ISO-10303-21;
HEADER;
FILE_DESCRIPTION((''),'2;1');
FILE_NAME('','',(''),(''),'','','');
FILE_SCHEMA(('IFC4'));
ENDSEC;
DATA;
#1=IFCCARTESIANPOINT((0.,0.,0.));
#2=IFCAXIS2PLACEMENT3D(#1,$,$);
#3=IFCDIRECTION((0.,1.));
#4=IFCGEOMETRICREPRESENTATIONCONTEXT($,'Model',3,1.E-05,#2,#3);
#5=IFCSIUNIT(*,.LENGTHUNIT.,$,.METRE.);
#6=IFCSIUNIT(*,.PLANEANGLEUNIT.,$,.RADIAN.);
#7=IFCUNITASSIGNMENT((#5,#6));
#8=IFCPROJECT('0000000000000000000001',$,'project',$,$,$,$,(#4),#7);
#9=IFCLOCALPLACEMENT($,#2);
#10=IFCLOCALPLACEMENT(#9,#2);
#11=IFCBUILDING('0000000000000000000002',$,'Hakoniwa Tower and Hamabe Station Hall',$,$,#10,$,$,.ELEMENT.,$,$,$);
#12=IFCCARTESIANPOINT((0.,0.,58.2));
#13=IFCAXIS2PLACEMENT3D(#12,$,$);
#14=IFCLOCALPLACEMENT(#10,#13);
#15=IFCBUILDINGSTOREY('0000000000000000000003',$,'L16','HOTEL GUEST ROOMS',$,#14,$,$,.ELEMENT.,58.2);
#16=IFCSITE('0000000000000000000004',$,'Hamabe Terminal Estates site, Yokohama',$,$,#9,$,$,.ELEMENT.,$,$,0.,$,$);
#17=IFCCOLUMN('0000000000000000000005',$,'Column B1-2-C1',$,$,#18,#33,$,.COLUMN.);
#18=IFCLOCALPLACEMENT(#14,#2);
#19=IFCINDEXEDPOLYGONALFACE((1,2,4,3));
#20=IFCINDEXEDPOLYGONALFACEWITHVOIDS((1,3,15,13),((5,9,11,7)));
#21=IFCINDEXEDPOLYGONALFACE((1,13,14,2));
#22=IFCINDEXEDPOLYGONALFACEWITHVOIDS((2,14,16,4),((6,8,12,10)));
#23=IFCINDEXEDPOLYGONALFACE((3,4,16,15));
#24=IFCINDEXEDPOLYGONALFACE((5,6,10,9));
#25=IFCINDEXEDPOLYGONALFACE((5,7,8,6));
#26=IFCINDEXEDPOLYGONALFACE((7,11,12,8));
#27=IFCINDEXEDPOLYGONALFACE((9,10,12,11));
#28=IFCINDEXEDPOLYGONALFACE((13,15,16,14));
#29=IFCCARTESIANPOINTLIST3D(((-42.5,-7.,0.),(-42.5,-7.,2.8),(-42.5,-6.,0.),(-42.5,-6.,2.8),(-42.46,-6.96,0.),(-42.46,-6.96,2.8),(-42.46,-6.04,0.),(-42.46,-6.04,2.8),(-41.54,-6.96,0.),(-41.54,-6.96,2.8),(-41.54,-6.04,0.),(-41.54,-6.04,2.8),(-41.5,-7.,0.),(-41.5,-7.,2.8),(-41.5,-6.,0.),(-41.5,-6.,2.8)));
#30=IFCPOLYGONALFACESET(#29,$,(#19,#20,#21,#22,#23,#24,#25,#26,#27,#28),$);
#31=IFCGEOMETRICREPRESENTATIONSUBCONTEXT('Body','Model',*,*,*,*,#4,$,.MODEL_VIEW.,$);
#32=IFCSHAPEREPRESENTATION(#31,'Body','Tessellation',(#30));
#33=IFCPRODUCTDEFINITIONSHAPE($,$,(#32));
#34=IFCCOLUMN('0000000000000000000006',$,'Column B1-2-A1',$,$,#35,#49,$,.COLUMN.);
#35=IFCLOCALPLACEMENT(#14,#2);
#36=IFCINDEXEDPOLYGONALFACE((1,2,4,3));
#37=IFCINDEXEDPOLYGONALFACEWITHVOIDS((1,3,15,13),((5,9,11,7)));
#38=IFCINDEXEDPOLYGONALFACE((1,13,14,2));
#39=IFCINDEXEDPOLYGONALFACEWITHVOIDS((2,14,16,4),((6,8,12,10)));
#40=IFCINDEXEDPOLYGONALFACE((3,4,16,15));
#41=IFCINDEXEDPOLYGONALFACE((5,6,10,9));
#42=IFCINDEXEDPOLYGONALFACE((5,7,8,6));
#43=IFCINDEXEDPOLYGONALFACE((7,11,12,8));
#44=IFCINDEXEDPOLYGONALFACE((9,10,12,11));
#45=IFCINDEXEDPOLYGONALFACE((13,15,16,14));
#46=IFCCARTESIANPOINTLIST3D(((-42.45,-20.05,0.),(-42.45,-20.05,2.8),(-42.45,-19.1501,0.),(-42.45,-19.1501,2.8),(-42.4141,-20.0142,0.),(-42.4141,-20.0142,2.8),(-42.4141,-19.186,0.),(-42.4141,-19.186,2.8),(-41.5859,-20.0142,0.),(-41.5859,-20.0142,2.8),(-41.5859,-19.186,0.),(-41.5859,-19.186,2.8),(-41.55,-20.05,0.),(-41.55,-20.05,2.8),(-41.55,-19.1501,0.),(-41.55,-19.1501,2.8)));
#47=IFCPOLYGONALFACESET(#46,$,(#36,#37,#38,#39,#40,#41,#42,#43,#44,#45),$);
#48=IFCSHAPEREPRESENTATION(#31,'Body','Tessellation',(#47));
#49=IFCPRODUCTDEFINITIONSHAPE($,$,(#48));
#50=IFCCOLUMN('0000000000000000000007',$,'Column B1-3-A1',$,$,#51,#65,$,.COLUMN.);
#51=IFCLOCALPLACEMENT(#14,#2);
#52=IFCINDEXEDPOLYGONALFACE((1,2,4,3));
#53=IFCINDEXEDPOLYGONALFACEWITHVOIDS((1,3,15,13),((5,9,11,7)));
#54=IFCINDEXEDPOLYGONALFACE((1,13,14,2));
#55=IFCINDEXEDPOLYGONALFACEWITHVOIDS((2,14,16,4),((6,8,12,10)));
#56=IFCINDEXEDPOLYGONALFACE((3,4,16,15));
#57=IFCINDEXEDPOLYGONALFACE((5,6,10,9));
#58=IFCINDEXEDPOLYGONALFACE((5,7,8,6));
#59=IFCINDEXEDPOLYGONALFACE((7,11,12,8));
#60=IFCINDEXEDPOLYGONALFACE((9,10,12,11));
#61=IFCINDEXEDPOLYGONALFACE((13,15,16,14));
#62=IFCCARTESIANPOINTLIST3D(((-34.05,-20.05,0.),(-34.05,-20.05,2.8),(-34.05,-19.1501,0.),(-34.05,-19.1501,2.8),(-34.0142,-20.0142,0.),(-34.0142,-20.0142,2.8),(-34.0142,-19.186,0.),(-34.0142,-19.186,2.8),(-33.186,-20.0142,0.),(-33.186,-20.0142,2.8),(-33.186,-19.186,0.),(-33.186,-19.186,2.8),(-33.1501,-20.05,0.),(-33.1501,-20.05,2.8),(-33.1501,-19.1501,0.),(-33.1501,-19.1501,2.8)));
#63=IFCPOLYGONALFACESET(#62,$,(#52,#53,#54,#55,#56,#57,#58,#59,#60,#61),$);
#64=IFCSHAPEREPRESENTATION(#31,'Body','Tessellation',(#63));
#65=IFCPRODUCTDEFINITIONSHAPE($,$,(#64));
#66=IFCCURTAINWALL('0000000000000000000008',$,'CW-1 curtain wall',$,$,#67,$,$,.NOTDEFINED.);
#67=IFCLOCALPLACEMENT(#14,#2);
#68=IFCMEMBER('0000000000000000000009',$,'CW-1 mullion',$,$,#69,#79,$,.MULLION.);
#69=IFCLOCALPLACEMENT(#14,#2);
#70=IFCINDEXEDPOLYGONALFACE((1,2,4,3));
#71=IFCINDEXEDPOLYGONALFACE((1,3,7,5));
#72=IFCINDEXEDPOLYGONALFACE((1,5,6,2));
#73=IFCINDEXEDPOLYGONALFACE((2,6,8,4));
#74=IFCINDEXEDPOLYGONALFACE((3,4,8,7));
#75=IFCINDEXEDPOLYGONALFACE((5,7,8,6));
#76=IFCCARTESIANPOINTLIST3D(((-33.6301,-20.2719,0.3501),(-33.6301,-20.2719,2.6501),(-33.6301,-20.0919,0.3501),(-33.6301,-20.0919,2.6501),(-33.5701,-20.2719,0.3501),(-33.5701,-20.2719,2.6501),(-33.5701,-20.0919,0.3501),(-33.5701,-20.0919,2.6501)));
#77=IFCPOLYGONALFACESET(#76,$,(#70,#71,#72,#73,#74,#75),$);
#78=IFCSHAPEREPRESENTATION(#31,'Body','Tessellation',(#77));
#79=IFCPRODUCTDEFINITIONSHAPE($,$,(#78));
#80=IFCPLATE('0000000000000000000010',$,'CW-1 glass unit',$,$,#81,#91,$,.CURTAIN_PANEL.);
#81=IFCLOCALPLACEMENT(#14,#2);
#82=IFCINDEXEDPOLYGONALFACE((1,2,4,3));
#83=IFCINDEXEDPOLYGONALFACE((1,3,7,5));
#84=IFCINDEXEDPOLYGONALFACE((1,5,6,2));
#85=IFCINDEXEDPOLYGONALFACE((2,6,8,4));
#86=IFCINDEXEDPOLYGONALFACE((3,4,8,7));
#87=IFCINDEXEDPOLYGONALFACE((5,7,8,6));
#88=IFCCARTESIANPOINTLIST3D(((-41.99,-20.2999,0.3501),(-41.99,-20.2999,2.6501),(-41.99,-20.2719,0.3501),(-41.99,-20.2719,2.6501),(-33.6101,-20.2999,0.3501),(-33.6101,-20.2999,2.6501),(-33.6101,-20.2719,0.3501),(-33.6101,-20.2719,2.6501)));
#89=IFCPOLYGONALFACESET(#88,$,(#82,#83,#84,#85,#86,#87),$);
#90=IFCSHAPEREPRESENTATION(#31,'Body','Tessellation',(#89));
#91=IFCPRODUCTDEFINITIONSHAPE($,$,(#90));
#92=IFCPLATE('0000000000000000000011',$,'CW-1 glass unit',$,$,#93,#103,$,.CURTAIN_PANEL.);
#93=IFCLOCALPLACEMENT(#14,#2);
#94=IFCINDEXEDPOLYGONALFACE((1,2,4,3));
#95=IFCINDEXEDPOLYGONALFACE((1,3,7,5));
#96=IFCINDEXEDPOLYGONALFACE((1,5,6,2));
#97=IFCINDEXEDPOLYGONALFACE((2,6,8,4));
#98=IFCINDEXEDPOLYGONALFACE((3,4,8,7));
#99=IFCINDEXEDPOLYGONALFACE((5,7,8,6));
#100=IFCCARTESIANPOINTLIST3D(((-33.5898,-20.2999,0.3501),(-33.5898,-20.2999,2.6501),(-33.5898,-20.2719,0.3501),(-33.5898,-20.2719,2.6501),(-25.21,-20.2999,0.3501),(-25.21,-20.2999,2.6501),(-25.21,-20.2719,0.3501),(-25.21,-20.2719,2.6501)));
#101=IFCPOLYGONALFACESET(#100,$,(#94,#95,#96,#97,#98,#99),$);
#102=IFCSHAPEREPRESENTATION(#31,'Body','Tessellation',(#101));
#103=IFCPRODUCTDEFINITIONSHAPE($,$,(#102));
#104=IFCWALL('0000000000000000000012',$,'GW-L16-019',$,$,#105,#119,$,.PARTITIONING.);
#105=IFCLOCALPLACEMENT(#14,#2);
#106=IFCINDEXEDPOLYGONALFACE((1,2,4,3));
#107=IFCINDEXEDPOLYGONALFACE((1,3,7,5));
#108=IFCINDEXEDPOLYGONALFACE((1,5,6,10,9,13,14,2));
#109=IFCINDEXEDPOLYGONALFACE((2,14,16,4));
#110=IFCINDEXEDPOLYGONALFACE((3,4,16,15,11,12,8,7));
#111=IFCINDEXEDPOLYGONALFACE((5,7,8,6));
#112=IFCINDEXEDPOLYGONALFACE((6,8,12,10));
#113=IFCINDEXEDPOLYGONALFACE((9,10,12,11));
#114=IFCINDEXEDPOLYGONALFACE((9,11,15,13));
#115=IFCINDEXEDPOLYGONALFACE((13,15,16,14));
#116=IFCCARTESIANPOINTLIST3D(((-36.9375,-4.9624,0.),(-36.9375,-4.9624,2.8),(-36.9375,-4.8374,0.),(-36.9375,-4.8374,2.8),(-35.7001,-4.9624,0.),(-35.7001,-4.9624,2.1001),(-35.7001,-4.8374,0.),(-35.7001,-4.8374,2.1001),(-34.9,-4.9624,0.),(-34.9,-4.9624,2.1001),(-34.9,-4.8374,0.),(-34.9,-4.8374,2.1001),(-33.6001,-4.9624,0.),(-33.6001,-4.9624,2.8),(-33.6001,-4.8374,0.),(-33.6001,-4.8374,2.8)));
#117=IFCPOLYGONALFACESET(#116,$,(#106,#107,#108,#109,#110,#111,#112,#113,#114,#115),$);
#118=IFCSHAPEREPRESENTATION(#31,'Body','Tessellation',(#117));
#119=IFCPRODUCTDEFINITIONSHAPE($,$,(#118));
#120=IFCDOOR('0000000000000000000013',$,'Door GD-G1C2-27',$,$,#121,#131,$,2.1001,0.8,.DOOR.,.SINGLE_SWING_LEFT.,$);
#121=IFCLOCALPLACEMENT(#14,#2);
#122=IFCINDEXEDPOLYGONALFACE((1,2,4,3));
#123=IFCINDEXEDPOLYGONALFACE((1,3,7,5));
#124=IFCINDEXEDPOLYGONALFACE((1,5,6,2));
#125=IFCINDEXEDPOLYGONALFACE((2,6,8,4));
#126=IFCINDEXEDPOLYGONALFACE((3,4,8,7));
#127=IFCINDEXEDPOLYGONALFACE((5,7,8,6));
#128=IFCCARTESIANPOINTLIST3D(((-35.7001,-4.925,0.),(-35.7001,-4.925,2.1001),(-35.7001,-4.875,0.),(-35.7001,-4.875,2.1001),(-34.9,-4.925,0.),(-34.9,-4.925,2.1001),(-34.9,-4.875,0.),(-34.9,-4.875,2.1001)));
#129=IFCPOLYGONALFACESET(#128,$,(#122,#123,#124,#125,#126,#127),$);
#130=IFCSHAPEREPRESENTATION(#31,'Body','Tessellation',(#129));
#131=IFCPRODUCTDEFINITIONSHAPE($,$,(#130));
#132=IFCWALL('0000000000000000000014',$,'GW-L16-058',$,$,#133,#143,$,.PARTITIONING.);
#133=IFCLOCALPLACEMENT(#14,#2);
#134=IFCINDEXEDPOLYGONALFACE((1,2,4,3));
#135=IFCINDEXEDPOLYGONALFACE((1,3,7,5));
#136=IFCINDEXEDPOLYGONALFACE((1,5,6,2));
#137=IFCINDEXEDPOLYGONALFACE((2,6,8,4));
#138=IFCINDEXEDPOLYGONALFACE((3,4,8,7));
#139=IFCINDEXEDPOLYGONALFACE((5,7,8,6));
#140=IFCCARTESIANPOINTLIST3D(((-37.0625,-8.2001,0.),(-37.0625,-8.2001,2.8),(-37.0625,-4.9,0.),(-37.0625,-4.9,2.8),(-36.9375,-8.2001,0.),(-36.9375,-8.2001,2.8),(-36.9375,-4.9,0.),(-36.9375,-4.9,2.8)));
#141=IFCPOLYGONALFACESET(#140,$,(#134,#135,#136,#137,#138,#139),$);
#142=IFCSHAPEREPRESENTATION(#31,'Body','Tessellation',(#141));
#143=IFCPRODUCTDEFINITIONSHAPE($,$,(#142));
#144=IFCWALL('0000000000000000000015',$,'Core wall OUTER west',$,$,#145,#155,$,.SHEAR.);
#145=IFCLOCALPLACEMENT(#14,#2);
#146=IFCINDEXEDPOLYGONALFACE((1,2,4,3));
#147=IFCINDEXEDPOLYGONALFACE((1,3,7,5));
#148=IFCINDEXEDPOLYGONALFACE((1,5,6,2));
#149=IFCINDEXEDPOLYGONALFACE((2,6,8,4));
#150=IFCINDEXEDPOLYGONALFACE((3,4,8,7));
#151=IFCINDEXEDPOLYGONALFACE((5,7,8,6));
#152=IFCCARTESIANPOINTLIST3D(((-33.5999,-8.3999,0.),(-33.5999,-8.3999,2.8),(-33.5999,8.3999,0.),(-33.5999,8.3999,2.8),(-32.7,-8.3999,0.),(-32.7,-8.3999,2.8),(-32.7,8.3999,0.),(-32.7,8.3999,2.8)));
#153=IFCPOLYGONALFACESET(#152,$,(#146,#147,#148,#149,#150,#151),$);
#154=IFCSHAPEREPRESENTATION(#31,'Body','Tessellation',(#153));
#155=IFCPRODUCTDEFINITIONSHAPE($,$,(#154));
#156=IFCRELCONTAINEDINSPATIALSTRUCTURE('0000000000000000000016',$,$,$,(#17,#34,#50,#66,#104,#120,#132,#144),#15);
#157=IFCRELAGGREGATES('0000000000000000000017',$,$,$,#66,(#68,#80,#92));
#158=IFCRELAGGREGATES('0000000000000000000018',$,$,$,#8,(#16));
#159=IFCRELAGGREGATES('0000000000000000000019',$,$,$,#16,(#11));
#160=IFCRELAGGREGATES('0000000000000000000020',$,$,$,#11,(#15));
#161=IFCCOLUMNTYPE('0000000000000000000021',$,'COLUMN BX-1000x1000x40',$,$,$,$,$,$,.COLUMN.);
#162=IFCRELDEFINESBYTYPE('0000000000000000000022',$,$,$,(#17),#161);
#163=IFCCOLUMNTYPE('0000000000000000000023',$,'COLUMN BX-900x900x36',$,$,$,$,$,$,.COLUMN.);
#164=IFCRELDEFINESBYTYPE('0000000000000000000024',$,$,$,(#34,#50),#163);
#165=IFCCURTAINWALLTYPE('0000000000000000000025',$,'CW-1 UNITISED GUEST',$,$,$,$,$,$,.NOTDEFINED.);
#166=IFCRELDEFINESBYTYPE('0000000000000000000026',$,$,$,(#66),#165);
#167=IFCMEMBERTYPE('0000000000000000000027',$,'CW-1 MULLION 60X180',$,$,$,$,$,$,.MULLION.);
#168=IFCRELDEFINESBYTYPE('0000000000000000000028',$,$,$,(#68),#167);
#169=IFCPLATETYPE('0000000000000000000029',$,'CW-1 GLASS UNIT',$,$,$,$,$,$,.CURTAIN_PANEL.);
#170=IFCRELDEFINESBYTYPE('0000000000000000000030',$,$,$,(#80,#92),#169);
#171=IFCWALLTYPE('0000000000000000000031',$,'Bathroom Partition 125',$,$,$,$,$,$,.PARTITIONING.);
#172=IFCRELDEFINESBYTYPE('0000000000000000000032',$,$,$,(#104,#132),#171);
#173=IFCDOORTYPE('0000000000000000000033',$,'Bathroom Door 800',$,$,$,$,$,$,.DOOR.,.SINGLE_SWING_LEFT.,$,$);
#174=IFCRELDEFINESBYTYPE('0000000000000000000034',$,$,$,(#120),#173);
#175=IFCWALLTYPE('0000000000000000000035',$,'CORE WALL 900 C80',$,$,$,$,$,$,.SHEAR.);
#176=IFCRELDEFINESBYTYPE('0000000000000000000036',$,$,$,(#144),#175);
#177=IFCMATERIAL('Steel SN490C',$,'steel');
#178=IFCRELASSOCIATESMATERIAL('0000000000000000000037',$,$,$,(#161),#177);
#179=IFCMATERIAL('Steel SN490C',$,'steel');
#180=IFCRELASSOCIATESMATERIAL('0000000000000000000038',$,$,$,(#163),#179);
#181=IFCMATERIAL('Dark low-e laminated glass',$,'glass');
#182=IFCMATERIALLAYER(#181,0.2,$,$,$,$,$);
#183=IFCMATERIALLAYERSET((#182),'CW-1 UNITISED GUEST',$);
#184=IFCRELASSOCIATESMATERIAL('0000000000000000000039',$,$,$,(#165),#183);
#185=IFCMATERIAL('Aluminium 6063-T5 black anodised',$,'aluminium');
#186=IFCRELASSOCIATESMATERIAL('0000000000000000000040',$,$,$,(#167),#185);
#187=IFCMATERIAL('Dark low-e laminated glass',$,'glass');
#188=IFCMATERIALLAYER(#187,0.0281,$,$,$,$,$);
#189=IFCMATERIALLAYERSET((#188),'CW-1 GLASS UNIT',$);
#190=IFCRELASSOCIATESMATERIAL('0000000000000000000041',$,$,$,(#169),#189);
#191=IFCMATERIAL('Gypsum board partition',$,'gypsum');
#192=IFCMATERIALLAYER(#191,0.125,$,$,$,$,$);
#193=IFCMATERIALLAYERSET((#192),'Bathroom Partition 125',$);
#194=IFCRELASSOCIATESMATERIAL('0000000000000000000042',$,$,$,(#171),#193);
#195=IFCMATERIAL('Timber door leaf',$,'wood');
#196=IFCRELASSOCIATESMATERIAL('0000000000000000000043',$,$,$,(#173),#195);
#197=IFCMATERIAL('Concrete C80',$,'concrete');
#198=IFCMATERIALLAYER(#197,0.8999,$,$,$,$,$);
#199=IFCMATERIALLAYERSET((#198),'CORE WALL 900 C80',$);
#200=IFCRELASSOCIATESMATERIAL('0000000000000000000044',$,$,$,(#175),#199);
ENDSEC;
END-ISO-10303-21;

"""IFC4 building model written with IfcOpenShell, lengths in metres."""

from ifc_helpers import new_model, si_unit, direction, frame, frame_2d, origin, origin_2d, place, context, subcontext, project, spatial, rectangle, hollow_rectangle, extrude, material, layer, layer_set, material_profile, profile_set, type_object, element, fill, aggregate, save


model = new_model("IFC4")

# Units and contexts
model_context = context("Model", 3, precision=1e-05, world=origin(), true_north=direction((0.0, 1.0)))
body_context = subcontext(model_context, "Body", "Model", "MODEL_VIEW")
ifc_project = project(units=[si_unit("LENGTHUNIT", "METRE"), si_unit("PLANEANGLEUNIT", "RADIAN")], contexts=[model_context])

# Site, building, storey
site_placement = place(None, origin())
site = spatial("IfcSite", under=ifc_project, at=site_placement, Name="Hamabe Terminal Estates site, Yokohama", CompositionType="ELEMENT", RefElevation=0.0)
building_placement = place(site_placement, origin())
building = spatial("IfcBuilding", under=site, at=building_placement, Name="Hakoniwa Tower and Hamabe Station Hall", CompositionType="ELEMENT")
storey_placement = place(building_placement, frame((0.0, 0.0, 58.2)))
storey = spatial("IfcBuildingStorey", under=building, at=storey_placement, Name="L16", Description="HOTEL GUEST ROOMS", CompositionType="ELEMENT", Elevation=58.2)

# Columns
ifc_material_1 = material(Name="Steel SN490C", Category="steel")
ifc_material_profile_1 = material_profile(ifc_material_1, hollow_rectangle(XDim=1.0, YDim=1.0, WallThickness=0.04, at=origin_2d()), Name="BX-1000x1000x40")
ifc_profile_set_1 = profile_set([ifc_material_profile_1], Name="Steel SN490C")
column_type_1 = type_object("IfcColumnType", Name="COLUMN BX-1000x1000x40", PredefinedType="COLUMN", material=ifc_profile_set_1)
column_placement = place(storey_placement, frame((-42.0, -6.5, 0.0), z_axis=(0.0, 0.0, 1.0), x_axis=(1.0, 0.0, 0.0)))
element("IfcColumn", 1, at=column_placement, inside=storey, type_object=column_type_1, Name="Column B1-2-C1", PredefinedType="COLUMN", context=body_context, shape_type="SweptSolid", body=[
    extrude(hollow_rectangle(XDim=1.0, YDim=1.0, WallThickness=0.04, at=origin_2d()), origin(), (0.0, 0.0, 1.0), 2.8),
])
ifc_material_2 = material(Name="Steel SN490C", Category="steel")
ifc_material_profile_2 = material_profile(ifc_material_2, hollow_rectangle(XDim=0.8999, YDim=0.8999, WallThickness=0.0359, at=origin_2d()), Name="BX-900x900x36")
ifc_profile_set_2 = profile_set([ifc_material_profile_2], Name="Steel SN490C")
column_type_2 = type_object("IfcColumnType", Name="COLUMN BX-900x900x36", PredefinedType="COLUMN", material=ifc_profile_set_2)
for number, where, z_axis, x_axis, name in (
    (2, (-42.0, -19.6001, 0.0), (0.0, 0.0, 1.0), (1.0, 0.0, 0.0), "Column B1-2-A1"),
    (3, (-33.6001, -19.6001, 0.0), (0.0, 0.0, 1.0), (1.0, 0.0, 0.0), "Column B1-3-A1"),
):
    element("IfcColumn", number, at=place(storey_placement, frame(where, z_axis=z_axis, x_axis=x_axis)), inside=storey, type_object=column_type_2, Name=name, PredefinedType="COLUMN", context=body_context, shape_type="SweptSolid", body=[
        extrude(hollow_rectangle(XDim=0.8999, YDim=0.8999, WallThickness=0.0359, at=origin_2d()), origin(), (0.0, 0.0, 1.0), 2.8),
    ])

# Curtain wall, member, plates
ifc_material_3 = material(Name="Dark low-e laminated glass", Category="glass")
ifc_layer_1 = layer(ifc_material_3, 0.2)
ifc_layer_set_1 = layer_set([ifc_layer_1], Name="CW-1 UNITISED GUEST")
curtain_wall_type = type_object("IfcCurtainWallType", Name="CW-1 UNITISED GUEST", PredefinedType="NOTDEFINED", material=ifc_layer_set_1)
curtain_wall_placement = place(storey_placement, origin())
curtain_wall = element("IfcCurtainWall", 4, at=curtain_wall_placement, inside=storey, type_object=curtain_wall_type, Name="CW-1 curtain wall", PredefinedType="NOTDEFINED")
ifc_material_4 = material(Name="Aluminium 6063-T5 black anodised", Category="aluminium")
ifc_material_profile_3 = material_profile(ifc_material_4, rectangle(XDim=0.0601, YDim=0.1799, at=origin_2d()), Name="CW-1 MULLION 60X180")
ifc_profile_set_3 = profile_set([ifc_material_profile_3], Name="Aluminium 6063-T5 black anodised")
member_type = type_object("IfcMemberType", Name="CW-1 MULLION 60X180", PredefinedType="MULLION", material=ifc_profile_set_3)
member_placement = place(storey_placement, frame((-33.6001, -20.1819, 0.3501), z_axis=(0.0, 0.0, 1.0), x_axis=(1.0, 0.0, 0.0)))
member = element("IfcMember", 5, at=member_placement, type_object=member_type, Name="CW-1 mullion", PredefinedType="MULLION", context=body_context, shape_type="SweptSolid", body=[
    extrude(rectangle(XDim=0.0601, YDim=0.1799, at=origin_2d()), origin(), (0.0, 0.0, 1.0), 2.3),
])
ifc_material_5 = material(Name="Dark low-e laminated glass", Category="glass")
ifc_layer_2 = layer(ifc_material_5, 0.0281)
ifc_layer_set_2 = layer_set([ifc_layer_2], Name="CW-1 GLASS UNIT")
plate_type = type_object("IfcPlateType", Name="CW-1 GLASS UNIT", PredefinedType="CURTAIN_PANEL", material=ifc_layer_set_2)
plate_1_placement = place(storey_placement, frame((-37.8, -20.2859, 0.3501), z_axis=(0.0, 0.0, 1.0), x_axis=(1.0, 0.0, 0.0)))
plate_1 = element("IfcPlate", 6, at=plate_1_placement, type_object=plate_type, Name="CW-1 glass unit", PredefinedType="CURTAIN_PANEL", context=body_context, shape_type="SweptSolid", body=[
    extrude(rectangle(XDim=8.3799, YDim=0.0281, at=origin_2d()), origin(), (0.0, 0.0, 1.0), 2.3),
])
plate_2_placement = place(storey_placement, frame((-29.3999, -20.2859, 0.3501), z_axis=(0.0, 0.0, 1.0), x_axis=(1.0, 0.0, 0.0)))
plate_2 = element("IfcPlate", 7, at=plate_2_placement, type_object=plate_type, Name="CW-1 glass unit", PredefinedType="CURTAIN_PANEL", context=body_context, shape_type="SweptSolid", body=[
    extrude(rectangle(XDim=8.3799, YDim=0.0281, at=origin_2d()), origin(), (0.0, 0.0, 1.0), 2.3),
])
aggregate(curtain_wall, [member, plate_1, plate_2])

# Wall, opening, door
ifc_material_6 = material(Name="Gypsum board partition", Category="gypsum")
ifc_layer_3 = layer(ifc_material_6, 0.125)
ifc_layer_set_3 = layer_set([ifc_layer_3], Name="Bathroom Partition 125")
wall_type_1 = type_object("IfcWallType", Name="Bathroom Partition 125", PredefinedType="PARTITIONING", material=ifc_layer_set_3)
wall_1_placement = place(storey_placement, frame((-36.9375, -4.8999, 0.0), z_axis=(0.0, 0.0, 1.0), x_axis=(1.0, 0.0, 0.0)))
wall_1 = element("IfcWall", 8, at=wall_1_placement, inside=storey, type_object=wall_type_1, Name="GW-L16-019", PredefinedType="PARTITIONING", context=body_context, shape_type="SweptSolid", body=[
    extrude(rectangle(XDim=3.3374, YDim=0.125, at=frame_2d((1.6687, 0.0))), origin(), (0.0, 0.0, 1.0), 2.8),
])
opening_1_placement = place(wall_1_placement, frame((1.2375, 0.0, 0.0)))
opening_1 = element("IfcOpeningElement", 9, at=opening_1_placement, cuts=wall_1, PredefinedType="OPENING", context=body_context, shape_type="SweptSolid", body=[
    extrude(rectangle(XDim=0.8, YDim=2.1001, at=frame_2d((0.3999, 1.05))), frame((0.0, 0.0725, 0.0), z_axis=(0.0, -1.0, 0.0), x_axis=(1.0, 0.0, 0.0)), (0.0, 0.0, 1.0), 0.145),
])
ifc_material_7 = material(Name="Timber door leaf", Category="wood")
door_type_1 = type_object("IfcDoorType", Name="Bathroom Door 800", OperationType="SINGLE_SWING_LEFT", PredefinedType="DOOR", material=ifc_material_7)
door_1_placement = place(opening_1_placement, origin())
door_1 = element("IfcDoor", 10, at=door_1_placement, inside=storey, type_object=door_type_1, Name="Door GD-G1C2-27", OperationType="SINGLE_SWING_LEFT", OverallHeight=2.1001, OverallWidth=0.8, PredefinedType="DOOR", context=body_context, shape_type="SweptSolid", body=[
    extrude(rectangle(XDim=0.8, YDim=2.1001, at=frame_2d((0.3999, 1.05))), frame((0.0, 0.0249, 0.0), z_axis=(0.0, -1.0, 0.0), x_axis=(1.0, 0.0, 0.0)), (0.0, 0.0, 1.0), 0.05),
])
fill(opening_1, door_1)

# Walls
wall_2_placement = place(storey_placement, frame((-37.0, -8.2, 0.0), z_axis=(0.0, 0.0, 1.0), x_axis=(0.0, 1.0, 0.0)))
element("IfcWall", 11, at=wall_2_placement, inside=storey, type_object=wall_type_1, Name="GW-L16-058", PredefinedType="PARTITIONING", context=body_context, shape_type="SweptSolid", body=[
    extrude(rectangle(XDim=3.3, YDim=0.125, at=frame_2d((1.6499, 0.0))), origin(), (0.0, 0.0, 1.0), 2.8),
])
ifc_material_8 = material(Name="Concrete C80", Category="concrete")
ifc_layer_4 = layer(ifc_material_8, 0.8999)
ifc_layer_set_4 = layer_set([ifc_layer_4], Name="CORE WALL 900 C80")
wall_type_2 = type_object("IfcWallType", Name="CORE WALL 900 C80", PredefinedType="SHEAR", material=ifc_layer_set_4)
wall_3_placement = place(storey_placement, frame((-33.1499, -8.3999, 0.0), z_axis=(0.0, 0.0, 1.0), x_axis=(0.0, 1.0, 0.0)))
element("IfcWall", 12, at=wall_3_placement, inside=storey, type_object=wall_type_2, Name="Core wall OUTER west", PredefinedType="SHEAR", context=body_context, shape_type="SweptSolid", body=[
    extrude(rectangle(XDim=16.7998, YDim=0.8999, at=frame_2d((8.3999, 0.0))), origin(), (0.0, 0.0, 1.0), 2.8),
])

save(model, "model.ifc")
